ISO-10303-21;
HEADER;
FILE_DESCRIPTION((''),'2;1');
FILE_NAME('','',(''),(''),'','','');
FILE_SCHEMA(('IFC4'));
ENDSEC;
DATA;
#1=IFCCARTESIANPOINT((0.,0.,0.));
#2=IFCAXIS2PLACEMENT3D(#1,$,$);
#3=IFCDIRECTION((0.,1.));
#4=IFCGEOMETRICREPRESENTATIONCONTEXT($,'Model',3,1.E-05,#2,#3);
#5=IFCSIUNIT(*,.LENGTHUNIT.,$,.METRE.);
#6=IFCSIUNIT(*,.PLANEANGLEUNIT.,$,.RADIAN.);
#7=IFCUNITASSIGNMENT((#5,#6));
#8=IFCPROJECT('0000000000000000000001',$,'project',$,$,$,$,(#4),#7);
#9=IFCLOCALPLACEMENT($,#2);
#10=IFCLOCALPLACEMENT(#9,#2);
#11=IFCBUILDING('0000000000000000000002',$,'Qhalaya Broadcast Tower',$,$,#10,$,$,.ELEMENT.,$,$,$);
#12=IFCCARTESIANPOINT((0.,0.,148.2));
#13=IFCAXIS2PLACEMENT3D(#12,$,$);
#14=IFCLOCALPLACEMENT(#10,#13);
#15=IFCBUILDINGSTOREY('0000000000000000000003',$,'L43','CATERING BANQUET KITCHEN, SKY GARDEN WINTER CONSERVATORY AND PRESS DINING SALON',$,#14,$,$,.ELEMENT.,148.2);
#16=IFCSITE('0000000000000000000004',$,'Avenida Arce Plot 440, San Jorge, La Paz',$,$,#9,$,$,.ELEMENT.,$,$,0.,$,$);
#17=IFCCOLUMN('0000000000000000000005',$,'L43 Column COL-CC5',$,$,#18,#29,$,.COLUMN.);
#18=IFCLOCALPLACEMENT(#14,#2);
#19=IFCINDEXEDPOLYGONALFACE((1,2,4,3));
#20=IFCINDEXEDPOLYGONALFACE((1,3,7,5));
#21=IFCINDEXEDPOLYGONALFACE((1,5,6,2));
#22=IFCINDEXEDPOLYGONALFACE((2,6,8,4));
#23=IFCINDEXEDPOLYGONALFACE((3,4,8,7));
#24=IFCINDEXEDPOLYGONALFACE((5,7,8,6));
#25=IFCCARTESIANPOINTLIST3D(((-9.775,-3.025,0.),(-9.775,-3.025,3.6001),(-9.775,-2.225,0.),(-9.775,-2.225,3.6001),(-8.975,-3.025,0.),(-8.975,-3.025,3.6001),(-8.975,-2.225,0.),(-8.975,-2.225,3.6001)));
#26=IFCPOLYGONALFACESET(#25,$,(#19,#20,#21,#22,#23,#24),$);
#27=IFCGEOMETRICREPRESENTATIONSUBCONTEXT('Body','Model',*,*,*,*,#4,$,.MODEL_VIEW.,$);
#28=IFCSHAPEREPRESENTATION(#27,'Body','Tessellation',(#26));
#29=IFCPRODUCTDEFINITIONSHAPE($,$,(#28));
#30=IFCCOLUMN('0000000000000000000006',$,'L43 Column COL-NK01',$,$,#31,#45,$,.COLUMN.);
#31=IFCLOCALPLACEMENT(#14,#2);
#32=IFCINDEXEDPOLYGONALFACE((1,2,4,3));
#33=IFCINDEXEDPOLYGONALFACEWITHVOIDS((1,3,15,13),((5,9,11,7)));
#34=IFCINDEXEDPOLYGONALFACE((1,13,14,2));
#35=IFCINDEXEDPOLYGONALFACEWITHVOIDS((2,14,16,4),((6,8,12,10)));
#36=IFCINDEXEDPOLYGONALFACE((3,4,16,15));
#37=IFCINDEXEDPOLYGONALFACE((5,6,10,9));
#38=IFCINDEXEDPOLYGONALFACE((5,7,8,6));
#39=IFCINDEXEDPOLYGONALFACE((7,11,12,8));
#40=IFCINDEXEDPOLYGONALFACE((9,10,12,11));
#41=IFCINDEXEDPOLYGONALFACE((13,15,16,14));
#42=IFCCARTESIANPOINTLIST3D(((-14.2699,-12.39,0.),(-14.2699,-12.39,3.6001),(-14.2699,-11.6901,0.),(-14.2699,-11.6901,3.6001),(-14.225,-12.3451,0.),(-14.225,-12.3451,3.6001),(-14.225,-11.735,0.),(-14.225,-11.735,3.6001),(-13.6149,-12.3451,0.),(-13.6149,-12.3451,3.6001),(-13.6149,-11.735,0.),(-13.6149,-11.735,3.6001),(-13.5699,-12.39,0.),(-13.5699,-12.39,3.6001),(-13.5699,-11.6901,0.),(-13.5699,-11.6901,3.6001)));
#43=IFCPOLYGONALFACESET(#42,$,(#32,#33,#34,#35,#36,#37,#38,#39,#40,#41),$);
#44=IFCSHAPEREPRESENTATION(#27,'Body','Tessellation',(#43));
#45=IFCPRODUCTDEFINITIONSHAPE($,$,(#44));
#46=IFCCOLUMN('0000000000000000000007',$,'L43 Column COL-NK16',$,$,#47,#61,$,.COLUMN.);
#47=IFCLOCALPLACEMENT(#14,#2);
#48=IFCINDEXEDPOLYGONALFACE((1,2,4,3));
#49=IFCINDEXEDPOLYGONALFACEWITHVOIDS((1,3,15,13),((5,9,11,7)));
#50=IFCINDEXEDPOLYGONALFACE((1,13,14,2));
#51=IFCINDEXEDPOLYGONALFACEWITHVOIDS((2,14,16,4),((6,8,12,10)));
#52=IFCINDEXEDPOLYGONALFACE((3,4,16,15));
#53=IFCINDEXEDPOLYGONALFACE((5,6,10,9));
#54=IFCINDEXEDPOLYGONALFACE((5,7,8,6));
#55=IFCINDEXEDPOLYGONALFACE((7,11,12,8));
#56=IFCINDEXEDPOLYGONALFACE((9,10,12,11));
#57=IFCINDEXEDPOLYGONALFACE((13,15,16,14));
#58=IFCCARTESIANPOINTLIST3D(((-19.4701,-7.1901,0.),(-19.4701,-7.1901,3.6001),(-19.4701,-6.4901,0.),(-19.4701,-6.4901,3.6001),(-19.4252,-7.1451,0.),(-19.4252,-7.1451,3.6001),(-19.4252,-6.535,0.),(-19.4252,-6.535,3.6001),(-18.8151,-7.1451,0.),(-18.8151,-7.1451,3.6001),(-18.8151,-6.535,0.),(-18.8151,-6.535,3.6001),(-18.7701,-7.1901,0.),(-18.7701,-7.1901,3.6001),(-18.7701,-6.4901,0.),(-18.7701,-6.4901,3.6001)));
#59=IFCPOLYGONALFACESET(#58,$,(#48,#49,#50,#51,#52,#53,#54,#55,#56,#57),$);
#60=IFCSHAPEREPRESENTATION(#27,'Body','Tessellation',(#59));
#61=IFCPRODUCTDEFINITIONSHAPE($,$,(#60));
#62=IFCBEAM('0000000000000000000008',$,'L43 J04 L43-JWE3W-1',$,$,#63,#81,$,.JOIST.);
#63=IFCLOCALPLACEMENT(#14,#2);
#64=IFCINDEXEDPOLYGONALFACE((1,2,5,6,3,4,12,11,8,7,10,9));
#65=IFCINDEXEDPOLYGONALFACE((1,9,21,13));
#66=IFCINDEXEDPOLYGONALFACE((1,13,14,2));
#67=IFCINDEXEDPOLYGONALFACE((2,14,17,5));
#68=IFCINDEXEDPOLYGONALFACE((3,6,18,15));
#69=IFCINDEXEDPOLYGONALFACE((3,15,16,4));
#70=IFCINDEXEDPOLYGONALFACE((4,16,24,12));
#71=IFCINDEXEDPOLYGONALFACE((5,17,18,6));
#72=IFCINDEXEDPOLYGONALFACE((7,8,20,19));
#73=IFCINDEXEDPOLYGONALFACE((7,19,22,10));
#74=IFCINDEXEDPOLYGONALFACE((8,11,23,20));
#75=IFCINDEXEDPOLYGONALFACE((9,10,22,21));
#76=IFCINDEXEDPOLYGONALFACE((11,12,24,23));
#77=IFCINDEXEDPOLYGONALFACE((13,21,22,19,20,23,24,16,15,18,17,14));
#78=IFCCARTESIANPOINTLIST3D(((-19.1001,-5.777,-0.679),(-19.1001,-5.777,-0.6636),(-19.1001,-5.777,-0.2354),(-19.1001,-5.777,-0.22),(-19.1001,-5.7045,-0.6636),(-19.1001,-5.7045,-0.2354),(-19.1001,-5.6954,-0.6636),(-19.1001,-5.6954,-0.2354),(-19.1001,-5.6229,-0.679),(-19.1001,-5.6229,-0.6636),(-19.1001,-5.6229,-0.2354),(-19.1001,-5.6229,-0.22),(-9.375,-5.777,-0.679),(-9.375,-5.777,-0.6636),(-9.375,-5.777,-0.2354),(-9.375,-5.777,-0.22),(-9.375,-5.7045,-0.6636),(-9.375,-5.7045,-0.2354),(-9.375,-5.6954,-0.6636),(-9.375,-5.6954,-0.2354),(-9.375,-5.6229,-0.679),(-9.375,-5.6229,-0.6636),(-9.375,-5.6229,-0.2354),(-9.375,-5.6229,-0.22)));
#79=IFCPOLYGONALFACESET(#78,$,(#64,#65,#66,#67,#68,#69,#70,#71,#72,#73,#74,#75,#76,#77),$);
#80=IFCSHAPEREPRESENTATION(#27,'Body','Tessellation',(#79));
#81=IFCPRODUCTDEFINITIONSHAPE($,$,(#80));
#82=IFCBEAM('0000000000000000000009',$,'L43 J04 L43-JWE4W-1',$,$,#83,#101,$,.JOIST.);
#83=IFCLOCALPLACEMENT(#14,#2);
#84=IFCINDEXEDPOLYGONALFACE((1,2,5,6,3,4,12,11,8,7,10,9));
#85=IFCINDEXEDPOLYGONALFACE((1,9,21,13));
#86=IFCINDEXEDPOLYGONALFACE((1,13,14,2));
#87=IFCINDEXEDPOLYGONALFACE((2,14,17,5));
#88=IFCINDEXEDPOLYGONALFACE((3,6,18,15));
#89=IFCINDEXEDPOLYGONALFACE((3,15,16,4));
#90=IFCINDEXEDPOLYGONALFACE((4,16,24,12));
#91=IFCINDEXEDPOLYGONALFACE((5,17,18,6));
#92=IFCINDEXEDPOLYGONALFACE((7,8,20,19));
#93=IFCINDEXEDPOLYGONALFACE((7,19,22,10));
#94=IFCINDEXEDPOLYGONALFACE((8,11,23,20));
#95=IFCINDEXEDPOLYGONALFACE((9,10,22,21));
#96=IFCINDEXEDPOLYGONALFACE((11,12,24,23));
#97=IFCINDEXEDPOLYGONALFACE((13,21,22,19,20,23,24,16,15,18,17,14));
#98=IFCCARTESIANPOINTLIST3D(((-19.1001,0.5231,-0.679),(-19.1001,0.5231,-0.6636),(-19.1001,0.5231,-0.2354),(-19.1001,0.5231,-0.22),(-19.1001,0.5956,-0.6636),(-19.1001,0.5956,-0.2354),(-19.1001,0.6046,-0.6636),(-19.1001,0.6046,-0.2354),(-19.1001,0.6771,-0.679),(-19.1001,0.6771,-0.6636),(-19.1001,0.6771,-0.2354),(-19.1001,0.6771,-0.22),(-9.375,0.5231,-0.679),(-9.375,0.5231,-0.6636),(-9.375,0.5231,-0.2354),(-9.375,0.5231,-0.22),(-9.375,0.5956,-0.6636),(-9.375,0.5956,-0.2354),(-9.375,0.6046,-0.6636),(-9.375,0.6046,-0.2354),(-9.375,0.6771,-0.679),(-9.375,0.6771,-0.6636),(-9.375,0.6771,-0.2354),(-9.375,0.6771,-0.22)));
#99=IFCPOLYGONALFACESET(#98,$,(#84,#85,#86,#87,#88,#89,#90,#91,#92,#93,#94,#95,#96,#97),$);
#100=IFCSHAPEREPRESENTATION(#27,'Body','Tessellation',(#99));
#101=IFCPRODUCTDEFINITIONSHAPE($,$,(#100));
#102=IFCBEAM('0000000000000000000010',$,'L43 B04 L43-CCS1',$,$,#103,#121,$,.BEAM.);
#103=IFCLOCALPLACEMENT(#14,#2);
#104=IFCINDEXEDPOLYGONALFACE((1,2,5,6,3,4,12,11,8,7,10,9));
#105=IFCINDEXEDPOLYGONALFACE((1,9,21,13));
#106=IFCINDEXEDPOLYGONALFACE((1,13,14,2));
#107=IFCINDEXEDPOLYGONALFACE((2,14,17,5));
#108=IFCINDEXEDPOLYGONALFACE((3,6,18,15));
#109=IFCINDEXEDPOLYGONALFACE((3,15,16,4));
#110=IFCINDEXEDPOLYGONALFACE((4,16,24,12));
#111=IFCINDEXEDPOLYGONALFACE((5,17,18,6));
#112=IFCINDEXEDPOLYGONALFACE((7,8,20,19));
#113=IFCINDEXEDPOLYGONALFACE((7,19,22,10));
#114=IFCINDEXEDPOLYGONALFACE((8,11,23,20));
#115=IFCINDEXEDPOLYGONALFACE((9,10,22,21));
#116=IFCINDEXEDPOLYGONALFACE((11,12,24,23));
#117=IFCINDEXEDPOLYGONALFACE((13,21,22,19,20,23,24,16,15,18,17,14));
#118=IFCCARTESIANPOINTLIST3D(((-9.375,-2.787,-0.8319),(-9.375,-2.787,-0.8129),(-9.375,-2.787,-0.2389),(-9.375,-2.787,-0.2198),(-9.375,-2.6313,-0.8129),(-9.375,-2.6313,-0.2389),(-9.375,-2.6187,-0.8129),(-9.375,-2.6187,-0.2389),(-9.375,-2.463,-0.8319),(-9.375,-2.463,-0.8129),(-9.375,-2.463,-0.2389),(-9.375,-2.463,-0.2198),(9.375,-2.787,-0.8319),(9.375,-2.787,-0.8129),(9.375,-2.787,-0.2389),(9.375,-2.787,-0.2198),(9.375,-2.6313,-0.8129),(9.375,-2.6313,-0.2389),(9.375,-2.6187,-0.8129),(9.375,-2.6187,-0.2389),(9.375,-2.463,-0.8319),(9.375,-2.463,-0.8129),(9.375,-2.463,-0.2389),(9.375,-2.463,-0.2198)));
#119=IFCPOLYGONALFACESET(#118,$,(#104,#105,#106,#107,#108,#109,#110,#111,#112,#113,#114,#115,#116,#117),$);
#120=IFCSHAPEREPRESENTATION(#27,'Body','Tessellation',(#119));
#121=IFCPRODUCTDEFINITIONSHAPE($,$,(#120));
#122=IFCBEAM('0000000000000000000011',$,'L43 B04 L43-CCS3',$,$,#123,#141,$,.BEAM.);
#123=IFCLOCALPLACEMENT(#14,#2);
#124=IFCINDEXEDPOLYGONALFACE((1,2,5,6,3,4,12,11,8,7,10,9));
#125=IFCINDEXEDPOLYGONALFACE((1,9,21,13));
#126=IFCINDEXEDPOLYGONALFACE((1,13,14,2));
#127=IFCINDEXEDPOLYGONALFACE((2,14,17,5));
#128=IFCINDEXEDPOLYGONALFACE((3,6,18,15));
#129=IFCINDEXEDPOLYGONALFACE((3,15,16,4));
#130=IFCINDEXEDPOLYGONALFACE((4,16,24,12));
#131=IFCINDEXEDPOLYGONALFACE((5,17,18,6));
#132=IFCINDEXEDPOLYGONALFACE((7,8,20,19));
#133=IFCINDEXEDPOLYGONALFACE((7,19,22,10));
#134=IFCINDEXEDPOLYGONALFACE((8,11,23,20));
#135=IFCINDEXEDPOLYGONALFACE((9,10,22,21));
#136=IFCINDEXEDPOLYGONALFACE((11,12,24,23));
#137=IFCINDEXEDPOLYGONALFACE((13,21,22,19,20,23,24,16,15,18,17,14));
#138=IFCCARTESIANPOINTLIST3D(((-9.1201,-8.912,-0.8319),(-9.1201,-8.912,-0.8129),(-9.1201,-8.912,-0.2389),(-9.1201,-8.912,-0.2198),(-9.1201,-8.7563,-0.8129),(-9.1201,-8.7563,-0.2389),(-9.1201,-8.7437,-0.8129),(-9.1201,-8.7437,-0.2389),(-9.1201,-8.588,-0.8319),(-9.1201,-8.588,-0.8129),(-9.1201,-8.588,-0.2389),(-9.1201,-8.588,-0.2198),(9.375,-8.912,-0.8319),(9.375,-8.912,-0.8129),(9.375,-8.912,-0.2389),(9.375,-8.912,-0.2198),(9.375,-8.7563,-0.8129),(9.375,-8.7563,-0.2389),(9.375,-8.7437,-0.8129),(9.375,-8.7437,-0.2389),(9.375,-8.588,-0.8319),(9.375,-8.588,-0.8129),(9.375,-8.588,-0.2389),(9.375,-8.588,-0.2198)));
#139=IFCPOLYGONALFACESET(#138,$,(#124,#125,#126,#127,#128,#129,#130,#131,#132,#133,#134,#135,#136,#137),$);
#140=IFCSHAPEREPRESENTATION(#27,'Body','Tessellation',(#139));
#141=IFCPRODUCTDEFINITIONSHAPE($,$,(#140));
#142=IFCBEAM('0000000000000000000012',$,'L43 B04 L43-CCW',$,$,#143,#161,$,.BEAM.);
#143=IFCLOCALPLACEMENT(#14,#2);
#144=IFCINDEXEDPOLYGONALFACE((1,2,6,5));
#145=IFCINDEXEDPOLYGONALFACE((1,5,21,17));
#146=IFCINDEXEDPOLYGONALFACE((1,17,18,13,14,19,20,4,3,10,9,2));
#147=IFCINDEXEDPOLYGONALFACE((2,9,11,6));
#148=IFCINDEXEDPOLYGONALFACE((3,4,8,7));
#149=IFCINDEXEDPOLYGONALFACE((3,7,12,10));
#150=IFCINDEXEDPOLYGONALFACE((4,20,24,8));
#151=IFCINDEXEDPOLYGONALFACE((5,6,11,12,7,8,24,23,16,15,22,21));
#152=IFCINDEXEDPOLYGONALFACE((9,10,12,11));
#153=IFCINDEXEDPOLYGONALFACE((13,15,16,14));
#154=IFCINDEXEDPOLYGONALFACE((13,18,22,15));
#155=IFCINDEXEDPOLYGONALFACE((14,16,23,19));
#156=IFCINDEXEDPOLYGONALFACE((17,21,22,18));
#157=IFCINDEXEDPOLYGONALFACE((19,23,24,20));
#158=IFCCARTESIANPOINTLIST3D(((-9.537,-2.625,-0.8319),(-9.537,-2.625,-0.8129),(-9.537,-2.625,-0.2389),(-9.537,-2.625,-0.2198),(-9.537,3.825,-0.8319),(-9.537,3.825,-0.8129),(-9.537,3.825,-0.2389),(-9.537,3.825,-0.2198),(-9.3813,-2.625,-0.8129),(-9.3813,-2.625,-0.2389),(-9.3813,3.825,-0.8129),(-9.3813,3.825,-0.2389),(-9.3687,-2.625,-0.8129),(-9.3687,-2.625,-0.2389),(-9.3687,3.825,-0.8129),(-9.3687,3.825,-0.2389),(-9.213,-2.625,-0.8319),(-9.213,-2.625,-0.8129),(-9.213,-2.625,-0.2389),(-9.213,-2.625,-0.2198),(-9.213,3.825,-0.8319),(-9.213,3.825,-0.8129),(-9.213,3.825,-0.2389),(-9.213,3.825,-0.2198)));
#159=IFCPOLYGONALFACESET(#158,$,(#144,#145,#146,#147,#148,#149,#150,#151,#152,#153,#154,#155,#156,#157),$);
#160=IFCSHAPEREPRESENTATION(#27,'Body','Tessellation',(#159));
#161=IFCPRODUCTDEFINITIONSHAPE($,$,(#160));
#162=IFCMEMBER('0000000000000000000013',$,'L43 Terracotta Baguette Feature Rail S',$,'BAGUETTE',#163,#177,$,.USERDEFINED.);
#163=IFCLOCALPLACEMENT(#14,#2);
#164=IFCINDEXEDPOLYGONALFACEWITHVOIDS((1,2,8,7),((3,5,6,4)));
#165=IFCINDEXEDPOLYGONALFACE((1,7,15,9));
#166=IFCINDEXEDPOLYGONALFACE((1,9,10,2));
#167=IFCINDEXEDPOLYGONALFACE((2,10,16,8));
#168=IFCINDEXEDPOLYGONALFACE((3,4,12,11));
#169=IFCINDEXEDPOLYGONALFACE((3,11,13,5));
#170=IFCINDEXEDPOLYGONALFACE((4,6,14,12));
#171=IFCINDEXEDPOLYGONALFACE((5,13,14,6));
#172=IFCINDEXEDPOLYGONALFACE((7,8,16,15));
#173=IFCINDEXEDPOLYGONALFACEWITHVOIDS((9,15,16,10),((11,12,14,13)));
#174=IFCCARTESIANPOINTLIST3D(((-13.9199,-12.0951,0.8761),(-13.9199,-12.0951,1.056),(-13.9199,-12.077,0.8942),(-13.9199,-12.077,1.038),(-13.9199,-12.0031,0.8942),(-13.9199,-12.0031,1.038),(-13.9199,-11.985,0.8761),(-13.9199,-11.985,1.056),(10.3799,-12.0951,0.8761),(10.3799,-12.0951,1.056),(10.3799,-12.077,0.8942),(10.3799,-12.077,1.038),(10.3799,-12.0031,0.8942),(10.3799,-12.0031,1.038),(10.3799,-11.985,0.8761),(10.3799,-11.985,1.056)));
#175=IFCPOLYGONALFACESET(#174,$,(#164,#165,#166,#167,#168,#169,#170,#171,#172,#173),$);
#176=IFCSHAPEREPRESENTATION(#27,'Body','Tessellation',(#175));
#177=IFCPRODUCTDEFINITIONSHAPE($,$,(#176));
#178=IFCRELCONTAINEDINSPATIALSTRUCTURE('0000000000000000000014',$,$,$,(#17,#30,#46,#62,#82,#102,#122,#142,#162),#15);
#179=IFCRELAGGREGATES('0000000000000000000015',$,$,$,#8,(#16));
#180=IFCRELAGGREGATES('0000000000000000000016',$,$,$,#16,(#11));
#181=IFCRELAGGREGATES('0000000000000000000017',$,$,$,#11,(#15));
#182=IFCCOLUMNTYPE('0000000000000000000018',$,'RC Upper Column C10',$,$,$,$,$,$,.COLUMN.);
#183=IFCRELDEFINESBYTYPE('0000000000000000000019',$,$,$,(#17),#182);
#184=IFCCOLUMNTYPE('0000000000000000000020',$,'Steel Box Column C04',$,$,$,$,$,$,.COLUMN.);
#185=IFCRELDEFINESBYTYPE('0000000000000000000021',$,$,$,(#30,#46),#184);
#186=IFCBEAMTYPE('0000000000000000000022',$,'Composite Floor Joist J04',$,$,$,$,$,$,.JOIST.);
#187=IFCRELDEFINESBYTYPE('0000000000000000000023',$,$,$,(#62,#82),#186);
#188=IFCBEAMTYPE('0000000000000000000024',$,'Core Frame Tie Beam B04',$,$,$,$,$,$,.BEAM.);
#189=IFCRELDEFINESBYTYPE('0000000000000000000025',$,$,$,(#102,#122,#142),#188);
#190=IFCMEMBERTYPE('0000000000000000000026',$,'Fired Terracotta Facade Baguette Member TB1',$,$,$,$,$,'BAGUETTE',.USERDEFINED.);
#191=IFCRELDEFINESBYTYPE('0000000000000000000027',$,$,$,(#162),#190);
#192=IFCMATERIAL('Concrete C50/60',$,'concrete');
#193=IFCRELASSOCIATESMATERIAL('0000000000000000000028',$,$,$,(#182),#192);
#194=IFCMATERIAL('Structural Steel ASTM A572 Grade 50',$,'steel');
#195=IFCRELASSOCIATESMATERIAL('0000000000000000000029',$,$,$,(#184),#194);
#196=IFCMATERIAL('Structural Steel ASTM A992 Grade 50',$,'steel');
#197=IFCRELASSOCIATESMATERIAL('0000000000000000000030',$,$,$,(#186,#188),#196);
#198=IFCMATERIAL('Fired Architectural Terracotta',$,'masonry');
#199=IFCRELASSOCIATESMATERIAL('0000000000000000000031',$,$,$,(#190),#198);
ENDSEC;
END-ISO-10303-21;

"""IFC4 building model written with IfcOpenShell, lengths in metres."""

from ifc_helpers import new_model, si_unit, direction, frame, origin, origin_2d, place, context, subcontext, project, spatial, rectangle, hollow_rectangle, i_section, extrude, material, material_profile, profile_set, type_object, element, save


model = new_model("IFC4")

# Units and contexts
model_context = context("Model", 3, precision=1e-05, world=origin(), true_north=direction((0.0, 1.0)))
body_context = subcontext(model_context, "Body", "Model", "MODEL_VIEW")
ifc_project = project(units=[si_unit("LENGTHUNIT", "METRE"), si_unit("PLANEANGLEUNIT", "RADIAN")], contexts=[model_context])

# Site, building, storey
site_placement = place(None, origin())
site = spatial("IfcSite", under=ifc_project, at=site_placement, Name="Avenida Arce Plot 440, San Jorge, La Paz", CompositionType="ELEMENT", RefElevation=0.0)
building_placement = place(site_placement, origin())
building = spatial("IfcBuilding", under=site, at=building_placement, Name="Qhalaya Broadcast Tower", CompositionType="ELEMENT")
storey_placement = place(building_placement, frame((0.0, 0.0, 148.2)))
storey = spatial("IfcBuildingStorey", under=building, at=storey_placement, Name="L43", Description="CATERING BANQUET KITCHEN, SKY GARDEN WINTER CONSERVATORY AND PRESS DINING SALON", CompositionType="ELEMENT", Elevation=148.2)

# Columns
ifc_material_1 = material(Name="Concrete C50/60", Category="concrete")
ifc_material_profile_1 = material_profile(ifc_material_1, rectangle(XDim=0.8, YDim=0.8, at=origin_2d()), Name="RC-COL 800x800")
ifc_profile_set_1 = profile_set([ifc_material_profile_1], Name="Concrete C50/60")
column_type_1 = type_object("IfcColumnType", Name="RC Upper Column C10", PredefinedType="COLUMN", material=ifc_profile_set_1)
column_placement = place(storey_placement, frame((-9.375, -2.625, 0.0), z_axis=(0.0, 0.0, 1.0), x_axis=(1.0, 0.0, 0.0)))
element("IfcColumn", 1, at=column_placement, inside=storey, type_object=column_type_1, Name="L43 Column COL-CC5", PredefinedType="COLUMN", context=body_context, shape_type="SweptSolid", body=[
    extrude(rectangle(XDim=0.8, YDim=0.8, at=origin_2d()), origin(), (0.0, 0.0, 1.0), 3.6001),
])
ifc_material_2 = material(Name="Structural Steel ASTM A572 Grade 50", Category="steel")
ifc_material_profile_2 = material_profile(ifc_material_2, hollow_rectangle(XDim=0.7, YDim=0.7, WallThickness=0.0449, at=origin_2d()), Name="BOX 700x700x45")
ifc_profile_set_2 = profile_set([ifc_material_profile_2], Name="Structural Steel ASTM A572 Grade 50")
column_type_2 = type_object("IfcColumnType", Name="Steel Box Column C04", PredefinedType="COLUMN", material=ifc_profile_set_2)
for number, where, z_axis, x_axis, name in (
    (2, (-13.9199, -12.04, 0.0), (0.0, 0.0, 1.0), (1.0, 0.0, 0.0), "L43 Column COL-NK01"),
    (3, (-19.1201, -6.8401, 0.0), (0.0, 0.0, 1.0), (0.0, 1.0, 0.0), "L43 Column COL-NK16"),
):
    element("IfcColumn", number, at=place(storey_placement, frame(where, z_axis=z_axis, x_axis=x_axis)), inside=storey, type_object=column_type_2, Name=name, PredefinedType="COLUMN", context=body_context, shape_type="SweptSolid", body=[
        extrude(hollow_rectangle(XDim=0.7, YDim=0.7, WallThickness=0.0449, at=origin_2d()), origin(), (0.0, 0.0, 1.0), 3.6001),
    ])

# Beams
ifc_material_3 = material(Name="Structural Steel ASTM A992 Grade 50", Category="steel")
ifc_material_profile_3 = material_profile(ifc_material_3, i_section(OverallWidth=0.1541, OverallDepth=0.459, WebThickness=0.009, FlangeThickness=0.0154, at=origin_2d()), Name="W18X46")
ifc_profile_set_3 = profile_set([ifc_material_profile_3], Name="Structural Steel ASTM A992 Grade 50")
beam_type_1 = type_object("IfcBeamType", Name="Composite Floor Joist J04", PredefinedType="JOIST", material=ifc_profile_set_3)
for number, where, z_axis, x_axis, name in (
    (4, (-19.1001, -5.7, -0.4495), (1.0, 0.0, 0.0), (0.0, 1.0, 0.0), "L43 J04 L43-JWE3W-1"),
    (5, (-19.1001, 0.6001, -0.4495), (1.0, 0.0, 0.0), (0.0, 1.0, 0.0), "L43 J04 L43-JWE4W-1"),
):
    element("IfcBeam", number, at=place(storey_placement, frame(where, z_axis=z_axis, x_axis=x_axis)), inside=storey, type_object=beam_type_1, Name=name, PredefinedType="JOIST", context=body_context, shape_type="SweptSolid", body=[
        extrude(i_section(OverallWidth=0.1541, OverallDepth=0.459, WebThickness=0.009, FlangeThickness=0.0154, at=origin_2d()), origin(), (0.0, 0.0, 1.0), 9.7251),
    ])
ifc_material_profile_4 = material_profile(ifc_material_3, i_section(OverallWidth=0.324, OverallDepth=0.6121, WebThickness=0.0127, FlangeThickness=0.019, at=origin_2d()), Name="W24X104")
ifc_profile_set_4 = profile_set([ifc_material_profile_4], Name="Structural Steel ASTM A992 Grade 50")
beam_type_2 = type_object("IfcBeamType", Name="Core Frame Tie Beam B04", PredefinedType="BEAM", material=ifc_profile_set_4)
beam_1_placement = place(storey_placement, frame((-9.375, -2.625, -0.5259), z_axis=(1.0, 0.0, 0.0), x_axis=(0.0, 1.0, 0.0)))
element("IfcBeam", 6, at=beam_1_placement, inside=storey, type_object=beam_type_2, Name="L43 B04 L43-CCS1", PredefinedType="BEAM", context=body_context, shape_type="SweptSolid", body=[
    extrude(i_section(OverallWidth=0.324, OverallDepth=0.6121, WebThickness=0.0127, FlangeThickness=0.019, at=origin_2d()), origin(), (0.0, 0.0, 1.0), 18.75),
])
beam_2_placement = place(storey_placement, frame((-9.1201, -8.75, -0.5259), z_axis=(1.0, 0.0, 0.0), x_axis=(0.0, 1.0, 0.0)))
element("IfcBeam", 7, at=beam_2_placement, inside=storey, type_object=beam_type_2, Name="L43 B04 L43-CCS3", PredefinedType="BEAM", context=body_context, shape_type="SweptSolid", body=[
    extrude(i_section(OverallWidth=0.324, OverallDepth=0.6121, WebThickness=0.0127, FlangeThickness=0.019, at=origin_2d()), origin(), (0.0, 0.0, 1.0), 18.4951),
])
beam_3_placement = place(storey_placement, frame((-9.375, -2.625, -0.5259), z_axis=(0.0, 1.0, 0.0), x_axis=(-1.0, 0.0, 0.0)))
element("IfcBeam", 8, at=beam_3_placement, inside=storey, type_object=beam_type_2, Name="L43 B04 L43-CCW", PredefinedType="BEAM", context=body_context, shape_type="SweptSolid", body=[
    extrude(i_section(OverallWidth=0.324, OverallDepth=0.6121, WebThickness=0.0127, FlangeThickness=0.019, at=origin_2d()), origin(), (0.0, 0.0, 1.0), 6.45),
])

# Member
ifc_material_4 = material(Name="Fired Architectural Terracotta", Category="masonry")
ifc_material_profile_5 = material_profile(ifc_material_4, hollow_rectangle(XDim=0.1101, YDim=0.1799, WallThickness=0.0181, at=origin_2d()), Name="TB-BAG 110x180x18")
ifc_profile_set_5 = profile_set([ifc_material_profile_5], Name="Fired Architectural Terracotta")
member_type_1 = type_object("IfcMemberType", Name="Fired Terracotta Facade Baguette Member TB1", ElementType="BAGUETTE", PredefinedType="USERDEFINED", material=ifc_profile_set_5)
member_1_placement = place(storey_placement, frame((-13.9199, -12.04, 0.9661), z_axis=(1.0, 0.0, 0.0), x_axis=(0.0, 1.0, 0.0)))
element("IfcMember", 9, at=member_1_placement, inside=storey, type_object=member_type_1, Name="L43 Terracotta Baguette Feature Rail S", ObjectType="BAGUETTE", PredefinedType="USERDEFINED", context=body_context, shape_type="SweptSolid", body=[
    extrude(hollow_rectangle(XDim=0.1101, YDim=0.1799, WallThickness=0.0181, at=origin_2d()), origin(), (0.0, 0.0, 1.0), 24.2998),
])

save(model, "model.ifc")
